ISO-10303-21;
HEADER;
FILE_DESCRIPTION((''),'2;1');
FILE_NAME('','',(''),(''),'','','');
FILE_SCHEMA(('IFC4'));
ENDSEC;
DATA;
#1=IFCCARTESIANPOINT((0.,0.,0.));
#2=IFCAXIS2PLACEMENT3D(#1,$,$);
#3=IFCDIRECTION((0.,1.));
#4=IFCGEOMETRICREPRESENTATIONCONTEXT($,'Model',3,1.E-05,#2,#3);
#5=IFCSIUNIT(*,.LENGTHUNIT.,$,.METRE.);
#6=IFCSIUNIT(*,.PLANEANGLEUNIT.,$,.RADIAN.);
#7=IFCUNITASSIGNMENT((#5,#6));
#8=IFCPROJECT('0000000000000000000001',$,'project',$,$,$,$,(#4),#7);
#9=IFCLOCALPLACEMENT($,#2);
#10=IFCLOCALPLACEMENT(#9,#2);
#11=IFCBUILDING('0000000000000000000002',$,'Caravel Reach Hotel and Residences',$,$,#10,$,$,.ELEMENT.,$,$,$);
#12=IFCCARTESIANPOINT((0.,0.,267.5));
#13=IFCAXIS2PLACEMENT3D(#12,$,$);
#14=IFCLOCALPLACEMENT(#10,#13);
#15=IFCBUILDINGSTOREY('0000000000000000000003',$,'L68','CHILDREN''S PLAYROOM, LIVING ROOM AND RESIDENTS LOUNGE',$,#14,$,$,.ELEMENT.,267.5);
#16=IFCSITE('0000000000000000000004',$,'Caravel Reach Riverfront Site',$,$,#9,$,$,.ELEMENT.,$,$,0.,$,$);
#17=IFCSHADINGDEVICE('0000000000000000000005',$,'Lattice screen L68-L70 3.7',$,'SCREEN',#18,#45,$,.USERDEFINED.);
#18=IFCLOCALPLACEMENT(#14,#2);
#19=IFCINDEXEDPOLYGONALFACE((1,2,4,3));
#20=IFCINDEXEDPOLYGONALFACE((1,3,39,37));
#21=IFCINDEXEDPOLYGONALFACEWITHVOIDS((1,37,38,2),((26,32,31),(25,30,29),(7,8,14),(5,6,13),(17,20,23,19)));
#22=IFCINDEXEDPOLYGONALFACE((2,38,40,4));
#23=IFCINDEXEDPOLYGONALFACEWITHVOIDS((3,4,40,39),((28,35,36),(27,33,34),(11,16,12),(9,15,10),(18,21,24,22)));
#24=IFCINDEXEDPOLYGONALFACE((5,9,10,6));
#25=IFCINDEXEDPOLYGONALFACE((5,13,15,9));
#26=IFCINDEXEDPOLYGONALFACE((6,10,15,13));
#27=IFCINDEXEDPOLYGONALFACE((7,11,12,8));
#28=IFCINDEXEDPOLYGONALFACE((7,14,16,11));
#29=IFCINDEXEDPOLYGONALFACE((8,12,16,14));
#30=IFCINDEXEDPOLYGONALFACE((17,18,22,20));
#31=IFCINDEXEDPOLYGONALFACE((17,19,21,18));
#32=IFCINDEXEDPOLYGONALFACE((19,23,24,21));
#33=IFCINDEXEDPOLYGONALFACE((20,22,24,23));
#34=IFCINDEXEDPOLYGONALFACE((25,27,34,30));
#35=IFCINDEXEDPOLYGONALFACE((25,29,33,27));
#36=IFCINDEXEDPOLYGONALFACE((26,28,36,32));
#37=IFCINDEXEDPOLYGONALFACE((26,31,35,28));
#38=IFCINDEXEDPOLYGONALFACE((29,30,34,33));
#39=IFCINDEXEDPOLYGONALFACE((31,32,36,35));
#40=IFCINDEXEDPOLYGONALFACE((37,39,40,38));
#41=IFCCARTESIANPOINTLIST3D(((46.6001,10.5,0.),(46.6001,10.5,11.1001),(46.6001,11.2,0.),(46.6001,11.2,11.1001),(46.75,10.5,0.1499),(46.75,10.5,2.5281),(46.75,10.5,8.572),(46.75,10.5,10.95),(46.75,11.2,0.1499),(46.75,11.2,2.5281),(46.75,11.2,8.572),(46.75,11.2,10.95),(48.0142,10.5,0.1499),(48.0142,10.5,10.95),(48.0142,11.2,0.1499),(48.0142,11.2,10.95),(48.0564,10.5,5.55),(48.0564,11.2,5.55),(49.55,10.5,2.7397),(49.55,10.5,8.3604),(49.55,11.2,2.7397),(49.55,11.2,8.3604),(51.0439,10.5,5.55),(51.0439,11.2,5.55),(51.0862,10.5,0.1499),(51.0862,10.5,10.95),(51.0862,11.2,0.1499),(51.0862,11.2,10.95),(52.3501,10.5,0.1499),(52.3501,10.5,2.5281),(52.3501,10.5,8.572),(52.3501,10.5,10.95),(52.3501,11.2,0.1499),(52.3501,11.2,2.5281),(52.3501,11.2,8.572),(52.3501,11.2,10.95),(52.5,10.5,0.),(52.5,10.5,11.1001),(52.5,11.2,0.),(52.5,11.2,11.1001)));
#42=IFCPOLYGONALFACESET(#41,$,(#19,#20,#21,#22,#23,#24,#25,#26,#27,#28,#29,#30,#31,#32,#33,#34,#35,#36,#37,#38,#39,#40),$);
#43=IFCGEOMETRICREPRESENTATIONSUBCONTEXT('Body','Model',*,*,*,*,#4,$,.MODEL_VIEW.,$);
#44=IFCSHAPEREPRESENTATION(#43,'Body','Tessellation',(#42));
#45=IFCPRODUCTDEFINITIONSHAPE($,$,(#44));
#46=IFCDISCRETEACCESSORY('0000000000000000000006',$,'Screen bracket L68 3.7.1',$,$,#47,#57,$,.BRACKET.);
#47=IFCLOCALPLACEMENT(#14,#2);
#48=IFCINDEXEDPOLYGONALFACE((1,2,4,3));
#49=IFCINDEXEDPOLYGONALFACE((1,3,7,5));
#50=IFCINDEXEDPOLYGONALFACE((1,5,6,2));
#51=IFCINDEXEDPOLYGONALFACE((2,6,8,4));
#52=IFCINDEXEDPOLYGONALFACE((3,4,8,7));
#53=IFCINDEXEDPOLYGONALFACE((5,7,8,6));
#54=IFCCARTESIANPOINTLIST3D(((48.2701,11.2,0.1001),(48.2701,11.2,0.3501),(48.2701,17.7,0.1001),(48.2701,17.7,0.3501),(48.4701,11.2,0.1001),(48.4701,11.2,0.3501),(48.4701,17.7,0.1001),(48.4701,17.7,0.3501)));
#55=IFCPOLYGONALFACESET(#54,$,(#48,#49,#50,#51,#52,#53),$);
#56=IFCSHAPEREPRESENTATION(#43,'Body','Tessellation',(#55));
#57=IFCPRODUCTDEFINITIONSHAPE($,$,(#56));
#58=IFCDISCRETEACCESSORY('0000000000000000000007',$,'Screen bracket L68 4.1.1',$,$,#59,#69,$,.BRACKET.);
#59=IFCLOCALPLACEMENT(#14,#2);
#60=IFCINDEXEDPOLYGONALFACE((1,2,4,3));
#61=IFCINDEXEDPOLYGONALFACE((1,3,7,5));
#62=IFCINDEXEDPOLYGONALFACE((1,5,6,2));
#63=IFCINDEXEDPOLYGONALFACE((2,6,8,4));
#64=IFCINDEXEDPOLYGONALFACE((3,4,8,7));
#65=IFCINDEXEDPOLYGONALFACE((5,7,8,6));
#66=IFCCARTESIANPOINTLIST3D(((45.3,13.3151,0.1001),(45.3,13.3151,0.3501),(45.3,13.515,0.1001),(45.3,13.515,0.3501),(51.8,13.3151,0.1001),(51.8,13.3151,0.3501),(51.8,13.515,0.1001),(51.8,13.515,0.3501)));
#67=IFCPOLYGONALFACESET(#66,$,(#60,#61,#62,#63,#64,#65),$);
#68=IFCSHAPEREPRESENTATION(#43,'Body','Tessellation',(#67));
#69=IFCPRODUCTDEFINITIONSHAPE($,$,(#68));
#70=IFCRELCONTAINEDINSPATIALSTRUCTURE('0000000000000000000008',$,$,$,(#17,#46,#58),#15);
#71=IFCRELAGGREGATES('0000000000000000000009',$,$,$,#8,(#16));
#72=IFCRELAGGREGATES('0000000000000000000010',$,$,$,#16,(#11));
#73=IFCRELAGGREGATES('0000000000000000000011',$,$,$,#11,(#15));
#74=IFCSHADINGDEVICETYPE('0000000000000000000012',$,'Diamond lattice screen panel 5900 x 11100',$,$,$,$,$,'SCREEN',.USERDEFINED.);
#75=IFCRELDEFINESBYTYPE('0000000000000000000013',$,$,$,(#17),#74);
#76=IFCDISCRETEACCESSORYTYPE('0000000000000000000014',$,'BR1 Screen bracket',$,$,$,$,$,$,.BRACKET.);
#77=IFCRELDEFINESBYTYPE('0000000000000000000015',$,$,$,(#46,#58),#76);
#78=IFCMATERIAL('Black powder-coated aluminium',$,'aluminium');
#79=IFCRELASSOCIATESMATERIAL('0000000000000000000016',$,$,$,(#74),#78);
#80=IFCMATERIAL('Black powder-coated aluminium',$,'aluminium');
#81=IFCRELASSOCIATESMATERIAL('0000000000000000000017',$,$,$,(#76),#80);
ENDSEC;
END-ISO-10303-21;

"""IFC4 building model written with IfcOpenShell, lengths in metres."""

from ifc_helpers import new_model, si_unit, direction, frame, origin, origin_2d, place, context, subcontext, project, spatial, polyline, rectangle, outline, extrude, material, type_object, element, save


model = new_model("IFC4")

# Units and contexts
model_context = context("Model", 3, precision=1e-05, world=origin(), true_north=direction((0.0, 1.0)))
body_context = subcontext(model_context, "Body", "Model", "MODEL_VIEW")
ifc_project = project(units=[si_unit("LENGTHUNIT", "METRE"), si_unit("PLANEANGLEUNIT", "RADIAN")], contexts=[model_context])

# Site, building, storey
site_placement = place(None, origin())
site = spatial("IfcSite", under=ifc_project, at=site_placement, Name="Caravel Reach Riverfront Site", CompositionType="ELEMENT", RefElevation=0.0)
building_placement = place(site_placement, origin())
building = spatial("IfcBuilding", under=site, at=building_placement, Name="Caravel Reach Hotel and Residences", CompositionType="ELEMENT")
storey_placement = place(building_placement, frame((0.0, 0.0, 267.5)))
storey = spatial("IfcBuildingStorey", under=building, at=storey_placement, Name="L68", Description="CHILDREN'S PLAYROOM, LIVING ROOM AND RESIDENTS LOUNGE", CompositionType="ELEMENT", Elevation=267.5)

# Shading device
ifc_material_1 = material(Name="Black powder-coated aluminium", Category="aluminium")
shading_device_type_1 = type_object("IfcShadingDeviceType", Name="Diamond lattice screen panel 5900 x 11100", ElementType="SCREEN", PredefinedType="USERDEFINED", material=ifc_material_1)
shading_device_1_placement = place(storey_placement, frame((46.6001, 11.2, 0.0), z_axis=(0.0, -1.0, 0.0), x_axis=(1.0, 0.0, 0.0)))
element("IfcShadingDevice", 1, at=shading_device_1_placement, inside=storey, type_object=shading_device_type_1, Name="Lattice screen L68-L70 3.7", ObjectType="SCREEN", PredefinedType="USERDEFINED", context=body_context, shape_type="SweptSolid", body=[
    extrude(outline(polyline([(0.0, 0.0), (5.8999, 0.0), (5.8999, 11.1001), (0.0, 11.1001), (0.0, 0.0)]), holes=[polyline([(1.4141, 0.1499), (0.1499, 2.5281), (0.1499, 0.1499), (1.4141, 0.1499)]), polyline([(0.1499, 8.572), (1.4141, 10.95), (0.1499, 10.95), (0.1499, 8.572)]), polyline([(2.95, 8.3604), (1.4563, 5.55), (2.95, 2.7397), (4.4438, 5.55), (2.95, 8.3604)]), polyline([(5.75, 2.5281), (4.4861, 0.1499), (5.75, 0.1499), (5.75, 2.5281)]), polyline([(4.4861, 10.95), (5.75, 8.572), (5.75, 10.95), (4.4861, 10.95)])]), origin(), (0.0, 0.0, 1.0), 0.7),
])

# Discrete accessories
ifc_material_2 = material(Name="Black powder-coated aluminium", Category="aluminium")
discrete_accessory_type = type_object("IfcDiscreteAccessoryType", Name="BR1 Screen bracket", PredefinedType="BRACKET", material=ifc_material_2)
for number, where, z_axis, x_axis, name in (
    (2, (48.3701, 14.45, 0.1001), (0.0, 0.0, 1.0), (0.0, -1.0, 0.0), "Screen bracket L68 3.7.1"),
    (3, (48.55, 13.415, 0.1001), (0.0, 0.0, 1.0), (1.0, 0.0, 0.0), "Screen bracket L68 4.1.1"),
):
    element("IfcDiscreteAccessory", number, at=place(storey_placement, frame(where, z_axis=z_axis, x_axis=x_axis)), inside=storey, type_object=discrete_accessory_type, Name=name, PredefinedType="BRACKET", context=body_context, shape_type="SweptSolid", body=[
        extrude(rectangle(XDim=6.5, YDim=0.2, at=origin_2d()), origin(), (0.0, 0.0, 1.0), 0.25),
    ])

save(model, "model.ifc")
